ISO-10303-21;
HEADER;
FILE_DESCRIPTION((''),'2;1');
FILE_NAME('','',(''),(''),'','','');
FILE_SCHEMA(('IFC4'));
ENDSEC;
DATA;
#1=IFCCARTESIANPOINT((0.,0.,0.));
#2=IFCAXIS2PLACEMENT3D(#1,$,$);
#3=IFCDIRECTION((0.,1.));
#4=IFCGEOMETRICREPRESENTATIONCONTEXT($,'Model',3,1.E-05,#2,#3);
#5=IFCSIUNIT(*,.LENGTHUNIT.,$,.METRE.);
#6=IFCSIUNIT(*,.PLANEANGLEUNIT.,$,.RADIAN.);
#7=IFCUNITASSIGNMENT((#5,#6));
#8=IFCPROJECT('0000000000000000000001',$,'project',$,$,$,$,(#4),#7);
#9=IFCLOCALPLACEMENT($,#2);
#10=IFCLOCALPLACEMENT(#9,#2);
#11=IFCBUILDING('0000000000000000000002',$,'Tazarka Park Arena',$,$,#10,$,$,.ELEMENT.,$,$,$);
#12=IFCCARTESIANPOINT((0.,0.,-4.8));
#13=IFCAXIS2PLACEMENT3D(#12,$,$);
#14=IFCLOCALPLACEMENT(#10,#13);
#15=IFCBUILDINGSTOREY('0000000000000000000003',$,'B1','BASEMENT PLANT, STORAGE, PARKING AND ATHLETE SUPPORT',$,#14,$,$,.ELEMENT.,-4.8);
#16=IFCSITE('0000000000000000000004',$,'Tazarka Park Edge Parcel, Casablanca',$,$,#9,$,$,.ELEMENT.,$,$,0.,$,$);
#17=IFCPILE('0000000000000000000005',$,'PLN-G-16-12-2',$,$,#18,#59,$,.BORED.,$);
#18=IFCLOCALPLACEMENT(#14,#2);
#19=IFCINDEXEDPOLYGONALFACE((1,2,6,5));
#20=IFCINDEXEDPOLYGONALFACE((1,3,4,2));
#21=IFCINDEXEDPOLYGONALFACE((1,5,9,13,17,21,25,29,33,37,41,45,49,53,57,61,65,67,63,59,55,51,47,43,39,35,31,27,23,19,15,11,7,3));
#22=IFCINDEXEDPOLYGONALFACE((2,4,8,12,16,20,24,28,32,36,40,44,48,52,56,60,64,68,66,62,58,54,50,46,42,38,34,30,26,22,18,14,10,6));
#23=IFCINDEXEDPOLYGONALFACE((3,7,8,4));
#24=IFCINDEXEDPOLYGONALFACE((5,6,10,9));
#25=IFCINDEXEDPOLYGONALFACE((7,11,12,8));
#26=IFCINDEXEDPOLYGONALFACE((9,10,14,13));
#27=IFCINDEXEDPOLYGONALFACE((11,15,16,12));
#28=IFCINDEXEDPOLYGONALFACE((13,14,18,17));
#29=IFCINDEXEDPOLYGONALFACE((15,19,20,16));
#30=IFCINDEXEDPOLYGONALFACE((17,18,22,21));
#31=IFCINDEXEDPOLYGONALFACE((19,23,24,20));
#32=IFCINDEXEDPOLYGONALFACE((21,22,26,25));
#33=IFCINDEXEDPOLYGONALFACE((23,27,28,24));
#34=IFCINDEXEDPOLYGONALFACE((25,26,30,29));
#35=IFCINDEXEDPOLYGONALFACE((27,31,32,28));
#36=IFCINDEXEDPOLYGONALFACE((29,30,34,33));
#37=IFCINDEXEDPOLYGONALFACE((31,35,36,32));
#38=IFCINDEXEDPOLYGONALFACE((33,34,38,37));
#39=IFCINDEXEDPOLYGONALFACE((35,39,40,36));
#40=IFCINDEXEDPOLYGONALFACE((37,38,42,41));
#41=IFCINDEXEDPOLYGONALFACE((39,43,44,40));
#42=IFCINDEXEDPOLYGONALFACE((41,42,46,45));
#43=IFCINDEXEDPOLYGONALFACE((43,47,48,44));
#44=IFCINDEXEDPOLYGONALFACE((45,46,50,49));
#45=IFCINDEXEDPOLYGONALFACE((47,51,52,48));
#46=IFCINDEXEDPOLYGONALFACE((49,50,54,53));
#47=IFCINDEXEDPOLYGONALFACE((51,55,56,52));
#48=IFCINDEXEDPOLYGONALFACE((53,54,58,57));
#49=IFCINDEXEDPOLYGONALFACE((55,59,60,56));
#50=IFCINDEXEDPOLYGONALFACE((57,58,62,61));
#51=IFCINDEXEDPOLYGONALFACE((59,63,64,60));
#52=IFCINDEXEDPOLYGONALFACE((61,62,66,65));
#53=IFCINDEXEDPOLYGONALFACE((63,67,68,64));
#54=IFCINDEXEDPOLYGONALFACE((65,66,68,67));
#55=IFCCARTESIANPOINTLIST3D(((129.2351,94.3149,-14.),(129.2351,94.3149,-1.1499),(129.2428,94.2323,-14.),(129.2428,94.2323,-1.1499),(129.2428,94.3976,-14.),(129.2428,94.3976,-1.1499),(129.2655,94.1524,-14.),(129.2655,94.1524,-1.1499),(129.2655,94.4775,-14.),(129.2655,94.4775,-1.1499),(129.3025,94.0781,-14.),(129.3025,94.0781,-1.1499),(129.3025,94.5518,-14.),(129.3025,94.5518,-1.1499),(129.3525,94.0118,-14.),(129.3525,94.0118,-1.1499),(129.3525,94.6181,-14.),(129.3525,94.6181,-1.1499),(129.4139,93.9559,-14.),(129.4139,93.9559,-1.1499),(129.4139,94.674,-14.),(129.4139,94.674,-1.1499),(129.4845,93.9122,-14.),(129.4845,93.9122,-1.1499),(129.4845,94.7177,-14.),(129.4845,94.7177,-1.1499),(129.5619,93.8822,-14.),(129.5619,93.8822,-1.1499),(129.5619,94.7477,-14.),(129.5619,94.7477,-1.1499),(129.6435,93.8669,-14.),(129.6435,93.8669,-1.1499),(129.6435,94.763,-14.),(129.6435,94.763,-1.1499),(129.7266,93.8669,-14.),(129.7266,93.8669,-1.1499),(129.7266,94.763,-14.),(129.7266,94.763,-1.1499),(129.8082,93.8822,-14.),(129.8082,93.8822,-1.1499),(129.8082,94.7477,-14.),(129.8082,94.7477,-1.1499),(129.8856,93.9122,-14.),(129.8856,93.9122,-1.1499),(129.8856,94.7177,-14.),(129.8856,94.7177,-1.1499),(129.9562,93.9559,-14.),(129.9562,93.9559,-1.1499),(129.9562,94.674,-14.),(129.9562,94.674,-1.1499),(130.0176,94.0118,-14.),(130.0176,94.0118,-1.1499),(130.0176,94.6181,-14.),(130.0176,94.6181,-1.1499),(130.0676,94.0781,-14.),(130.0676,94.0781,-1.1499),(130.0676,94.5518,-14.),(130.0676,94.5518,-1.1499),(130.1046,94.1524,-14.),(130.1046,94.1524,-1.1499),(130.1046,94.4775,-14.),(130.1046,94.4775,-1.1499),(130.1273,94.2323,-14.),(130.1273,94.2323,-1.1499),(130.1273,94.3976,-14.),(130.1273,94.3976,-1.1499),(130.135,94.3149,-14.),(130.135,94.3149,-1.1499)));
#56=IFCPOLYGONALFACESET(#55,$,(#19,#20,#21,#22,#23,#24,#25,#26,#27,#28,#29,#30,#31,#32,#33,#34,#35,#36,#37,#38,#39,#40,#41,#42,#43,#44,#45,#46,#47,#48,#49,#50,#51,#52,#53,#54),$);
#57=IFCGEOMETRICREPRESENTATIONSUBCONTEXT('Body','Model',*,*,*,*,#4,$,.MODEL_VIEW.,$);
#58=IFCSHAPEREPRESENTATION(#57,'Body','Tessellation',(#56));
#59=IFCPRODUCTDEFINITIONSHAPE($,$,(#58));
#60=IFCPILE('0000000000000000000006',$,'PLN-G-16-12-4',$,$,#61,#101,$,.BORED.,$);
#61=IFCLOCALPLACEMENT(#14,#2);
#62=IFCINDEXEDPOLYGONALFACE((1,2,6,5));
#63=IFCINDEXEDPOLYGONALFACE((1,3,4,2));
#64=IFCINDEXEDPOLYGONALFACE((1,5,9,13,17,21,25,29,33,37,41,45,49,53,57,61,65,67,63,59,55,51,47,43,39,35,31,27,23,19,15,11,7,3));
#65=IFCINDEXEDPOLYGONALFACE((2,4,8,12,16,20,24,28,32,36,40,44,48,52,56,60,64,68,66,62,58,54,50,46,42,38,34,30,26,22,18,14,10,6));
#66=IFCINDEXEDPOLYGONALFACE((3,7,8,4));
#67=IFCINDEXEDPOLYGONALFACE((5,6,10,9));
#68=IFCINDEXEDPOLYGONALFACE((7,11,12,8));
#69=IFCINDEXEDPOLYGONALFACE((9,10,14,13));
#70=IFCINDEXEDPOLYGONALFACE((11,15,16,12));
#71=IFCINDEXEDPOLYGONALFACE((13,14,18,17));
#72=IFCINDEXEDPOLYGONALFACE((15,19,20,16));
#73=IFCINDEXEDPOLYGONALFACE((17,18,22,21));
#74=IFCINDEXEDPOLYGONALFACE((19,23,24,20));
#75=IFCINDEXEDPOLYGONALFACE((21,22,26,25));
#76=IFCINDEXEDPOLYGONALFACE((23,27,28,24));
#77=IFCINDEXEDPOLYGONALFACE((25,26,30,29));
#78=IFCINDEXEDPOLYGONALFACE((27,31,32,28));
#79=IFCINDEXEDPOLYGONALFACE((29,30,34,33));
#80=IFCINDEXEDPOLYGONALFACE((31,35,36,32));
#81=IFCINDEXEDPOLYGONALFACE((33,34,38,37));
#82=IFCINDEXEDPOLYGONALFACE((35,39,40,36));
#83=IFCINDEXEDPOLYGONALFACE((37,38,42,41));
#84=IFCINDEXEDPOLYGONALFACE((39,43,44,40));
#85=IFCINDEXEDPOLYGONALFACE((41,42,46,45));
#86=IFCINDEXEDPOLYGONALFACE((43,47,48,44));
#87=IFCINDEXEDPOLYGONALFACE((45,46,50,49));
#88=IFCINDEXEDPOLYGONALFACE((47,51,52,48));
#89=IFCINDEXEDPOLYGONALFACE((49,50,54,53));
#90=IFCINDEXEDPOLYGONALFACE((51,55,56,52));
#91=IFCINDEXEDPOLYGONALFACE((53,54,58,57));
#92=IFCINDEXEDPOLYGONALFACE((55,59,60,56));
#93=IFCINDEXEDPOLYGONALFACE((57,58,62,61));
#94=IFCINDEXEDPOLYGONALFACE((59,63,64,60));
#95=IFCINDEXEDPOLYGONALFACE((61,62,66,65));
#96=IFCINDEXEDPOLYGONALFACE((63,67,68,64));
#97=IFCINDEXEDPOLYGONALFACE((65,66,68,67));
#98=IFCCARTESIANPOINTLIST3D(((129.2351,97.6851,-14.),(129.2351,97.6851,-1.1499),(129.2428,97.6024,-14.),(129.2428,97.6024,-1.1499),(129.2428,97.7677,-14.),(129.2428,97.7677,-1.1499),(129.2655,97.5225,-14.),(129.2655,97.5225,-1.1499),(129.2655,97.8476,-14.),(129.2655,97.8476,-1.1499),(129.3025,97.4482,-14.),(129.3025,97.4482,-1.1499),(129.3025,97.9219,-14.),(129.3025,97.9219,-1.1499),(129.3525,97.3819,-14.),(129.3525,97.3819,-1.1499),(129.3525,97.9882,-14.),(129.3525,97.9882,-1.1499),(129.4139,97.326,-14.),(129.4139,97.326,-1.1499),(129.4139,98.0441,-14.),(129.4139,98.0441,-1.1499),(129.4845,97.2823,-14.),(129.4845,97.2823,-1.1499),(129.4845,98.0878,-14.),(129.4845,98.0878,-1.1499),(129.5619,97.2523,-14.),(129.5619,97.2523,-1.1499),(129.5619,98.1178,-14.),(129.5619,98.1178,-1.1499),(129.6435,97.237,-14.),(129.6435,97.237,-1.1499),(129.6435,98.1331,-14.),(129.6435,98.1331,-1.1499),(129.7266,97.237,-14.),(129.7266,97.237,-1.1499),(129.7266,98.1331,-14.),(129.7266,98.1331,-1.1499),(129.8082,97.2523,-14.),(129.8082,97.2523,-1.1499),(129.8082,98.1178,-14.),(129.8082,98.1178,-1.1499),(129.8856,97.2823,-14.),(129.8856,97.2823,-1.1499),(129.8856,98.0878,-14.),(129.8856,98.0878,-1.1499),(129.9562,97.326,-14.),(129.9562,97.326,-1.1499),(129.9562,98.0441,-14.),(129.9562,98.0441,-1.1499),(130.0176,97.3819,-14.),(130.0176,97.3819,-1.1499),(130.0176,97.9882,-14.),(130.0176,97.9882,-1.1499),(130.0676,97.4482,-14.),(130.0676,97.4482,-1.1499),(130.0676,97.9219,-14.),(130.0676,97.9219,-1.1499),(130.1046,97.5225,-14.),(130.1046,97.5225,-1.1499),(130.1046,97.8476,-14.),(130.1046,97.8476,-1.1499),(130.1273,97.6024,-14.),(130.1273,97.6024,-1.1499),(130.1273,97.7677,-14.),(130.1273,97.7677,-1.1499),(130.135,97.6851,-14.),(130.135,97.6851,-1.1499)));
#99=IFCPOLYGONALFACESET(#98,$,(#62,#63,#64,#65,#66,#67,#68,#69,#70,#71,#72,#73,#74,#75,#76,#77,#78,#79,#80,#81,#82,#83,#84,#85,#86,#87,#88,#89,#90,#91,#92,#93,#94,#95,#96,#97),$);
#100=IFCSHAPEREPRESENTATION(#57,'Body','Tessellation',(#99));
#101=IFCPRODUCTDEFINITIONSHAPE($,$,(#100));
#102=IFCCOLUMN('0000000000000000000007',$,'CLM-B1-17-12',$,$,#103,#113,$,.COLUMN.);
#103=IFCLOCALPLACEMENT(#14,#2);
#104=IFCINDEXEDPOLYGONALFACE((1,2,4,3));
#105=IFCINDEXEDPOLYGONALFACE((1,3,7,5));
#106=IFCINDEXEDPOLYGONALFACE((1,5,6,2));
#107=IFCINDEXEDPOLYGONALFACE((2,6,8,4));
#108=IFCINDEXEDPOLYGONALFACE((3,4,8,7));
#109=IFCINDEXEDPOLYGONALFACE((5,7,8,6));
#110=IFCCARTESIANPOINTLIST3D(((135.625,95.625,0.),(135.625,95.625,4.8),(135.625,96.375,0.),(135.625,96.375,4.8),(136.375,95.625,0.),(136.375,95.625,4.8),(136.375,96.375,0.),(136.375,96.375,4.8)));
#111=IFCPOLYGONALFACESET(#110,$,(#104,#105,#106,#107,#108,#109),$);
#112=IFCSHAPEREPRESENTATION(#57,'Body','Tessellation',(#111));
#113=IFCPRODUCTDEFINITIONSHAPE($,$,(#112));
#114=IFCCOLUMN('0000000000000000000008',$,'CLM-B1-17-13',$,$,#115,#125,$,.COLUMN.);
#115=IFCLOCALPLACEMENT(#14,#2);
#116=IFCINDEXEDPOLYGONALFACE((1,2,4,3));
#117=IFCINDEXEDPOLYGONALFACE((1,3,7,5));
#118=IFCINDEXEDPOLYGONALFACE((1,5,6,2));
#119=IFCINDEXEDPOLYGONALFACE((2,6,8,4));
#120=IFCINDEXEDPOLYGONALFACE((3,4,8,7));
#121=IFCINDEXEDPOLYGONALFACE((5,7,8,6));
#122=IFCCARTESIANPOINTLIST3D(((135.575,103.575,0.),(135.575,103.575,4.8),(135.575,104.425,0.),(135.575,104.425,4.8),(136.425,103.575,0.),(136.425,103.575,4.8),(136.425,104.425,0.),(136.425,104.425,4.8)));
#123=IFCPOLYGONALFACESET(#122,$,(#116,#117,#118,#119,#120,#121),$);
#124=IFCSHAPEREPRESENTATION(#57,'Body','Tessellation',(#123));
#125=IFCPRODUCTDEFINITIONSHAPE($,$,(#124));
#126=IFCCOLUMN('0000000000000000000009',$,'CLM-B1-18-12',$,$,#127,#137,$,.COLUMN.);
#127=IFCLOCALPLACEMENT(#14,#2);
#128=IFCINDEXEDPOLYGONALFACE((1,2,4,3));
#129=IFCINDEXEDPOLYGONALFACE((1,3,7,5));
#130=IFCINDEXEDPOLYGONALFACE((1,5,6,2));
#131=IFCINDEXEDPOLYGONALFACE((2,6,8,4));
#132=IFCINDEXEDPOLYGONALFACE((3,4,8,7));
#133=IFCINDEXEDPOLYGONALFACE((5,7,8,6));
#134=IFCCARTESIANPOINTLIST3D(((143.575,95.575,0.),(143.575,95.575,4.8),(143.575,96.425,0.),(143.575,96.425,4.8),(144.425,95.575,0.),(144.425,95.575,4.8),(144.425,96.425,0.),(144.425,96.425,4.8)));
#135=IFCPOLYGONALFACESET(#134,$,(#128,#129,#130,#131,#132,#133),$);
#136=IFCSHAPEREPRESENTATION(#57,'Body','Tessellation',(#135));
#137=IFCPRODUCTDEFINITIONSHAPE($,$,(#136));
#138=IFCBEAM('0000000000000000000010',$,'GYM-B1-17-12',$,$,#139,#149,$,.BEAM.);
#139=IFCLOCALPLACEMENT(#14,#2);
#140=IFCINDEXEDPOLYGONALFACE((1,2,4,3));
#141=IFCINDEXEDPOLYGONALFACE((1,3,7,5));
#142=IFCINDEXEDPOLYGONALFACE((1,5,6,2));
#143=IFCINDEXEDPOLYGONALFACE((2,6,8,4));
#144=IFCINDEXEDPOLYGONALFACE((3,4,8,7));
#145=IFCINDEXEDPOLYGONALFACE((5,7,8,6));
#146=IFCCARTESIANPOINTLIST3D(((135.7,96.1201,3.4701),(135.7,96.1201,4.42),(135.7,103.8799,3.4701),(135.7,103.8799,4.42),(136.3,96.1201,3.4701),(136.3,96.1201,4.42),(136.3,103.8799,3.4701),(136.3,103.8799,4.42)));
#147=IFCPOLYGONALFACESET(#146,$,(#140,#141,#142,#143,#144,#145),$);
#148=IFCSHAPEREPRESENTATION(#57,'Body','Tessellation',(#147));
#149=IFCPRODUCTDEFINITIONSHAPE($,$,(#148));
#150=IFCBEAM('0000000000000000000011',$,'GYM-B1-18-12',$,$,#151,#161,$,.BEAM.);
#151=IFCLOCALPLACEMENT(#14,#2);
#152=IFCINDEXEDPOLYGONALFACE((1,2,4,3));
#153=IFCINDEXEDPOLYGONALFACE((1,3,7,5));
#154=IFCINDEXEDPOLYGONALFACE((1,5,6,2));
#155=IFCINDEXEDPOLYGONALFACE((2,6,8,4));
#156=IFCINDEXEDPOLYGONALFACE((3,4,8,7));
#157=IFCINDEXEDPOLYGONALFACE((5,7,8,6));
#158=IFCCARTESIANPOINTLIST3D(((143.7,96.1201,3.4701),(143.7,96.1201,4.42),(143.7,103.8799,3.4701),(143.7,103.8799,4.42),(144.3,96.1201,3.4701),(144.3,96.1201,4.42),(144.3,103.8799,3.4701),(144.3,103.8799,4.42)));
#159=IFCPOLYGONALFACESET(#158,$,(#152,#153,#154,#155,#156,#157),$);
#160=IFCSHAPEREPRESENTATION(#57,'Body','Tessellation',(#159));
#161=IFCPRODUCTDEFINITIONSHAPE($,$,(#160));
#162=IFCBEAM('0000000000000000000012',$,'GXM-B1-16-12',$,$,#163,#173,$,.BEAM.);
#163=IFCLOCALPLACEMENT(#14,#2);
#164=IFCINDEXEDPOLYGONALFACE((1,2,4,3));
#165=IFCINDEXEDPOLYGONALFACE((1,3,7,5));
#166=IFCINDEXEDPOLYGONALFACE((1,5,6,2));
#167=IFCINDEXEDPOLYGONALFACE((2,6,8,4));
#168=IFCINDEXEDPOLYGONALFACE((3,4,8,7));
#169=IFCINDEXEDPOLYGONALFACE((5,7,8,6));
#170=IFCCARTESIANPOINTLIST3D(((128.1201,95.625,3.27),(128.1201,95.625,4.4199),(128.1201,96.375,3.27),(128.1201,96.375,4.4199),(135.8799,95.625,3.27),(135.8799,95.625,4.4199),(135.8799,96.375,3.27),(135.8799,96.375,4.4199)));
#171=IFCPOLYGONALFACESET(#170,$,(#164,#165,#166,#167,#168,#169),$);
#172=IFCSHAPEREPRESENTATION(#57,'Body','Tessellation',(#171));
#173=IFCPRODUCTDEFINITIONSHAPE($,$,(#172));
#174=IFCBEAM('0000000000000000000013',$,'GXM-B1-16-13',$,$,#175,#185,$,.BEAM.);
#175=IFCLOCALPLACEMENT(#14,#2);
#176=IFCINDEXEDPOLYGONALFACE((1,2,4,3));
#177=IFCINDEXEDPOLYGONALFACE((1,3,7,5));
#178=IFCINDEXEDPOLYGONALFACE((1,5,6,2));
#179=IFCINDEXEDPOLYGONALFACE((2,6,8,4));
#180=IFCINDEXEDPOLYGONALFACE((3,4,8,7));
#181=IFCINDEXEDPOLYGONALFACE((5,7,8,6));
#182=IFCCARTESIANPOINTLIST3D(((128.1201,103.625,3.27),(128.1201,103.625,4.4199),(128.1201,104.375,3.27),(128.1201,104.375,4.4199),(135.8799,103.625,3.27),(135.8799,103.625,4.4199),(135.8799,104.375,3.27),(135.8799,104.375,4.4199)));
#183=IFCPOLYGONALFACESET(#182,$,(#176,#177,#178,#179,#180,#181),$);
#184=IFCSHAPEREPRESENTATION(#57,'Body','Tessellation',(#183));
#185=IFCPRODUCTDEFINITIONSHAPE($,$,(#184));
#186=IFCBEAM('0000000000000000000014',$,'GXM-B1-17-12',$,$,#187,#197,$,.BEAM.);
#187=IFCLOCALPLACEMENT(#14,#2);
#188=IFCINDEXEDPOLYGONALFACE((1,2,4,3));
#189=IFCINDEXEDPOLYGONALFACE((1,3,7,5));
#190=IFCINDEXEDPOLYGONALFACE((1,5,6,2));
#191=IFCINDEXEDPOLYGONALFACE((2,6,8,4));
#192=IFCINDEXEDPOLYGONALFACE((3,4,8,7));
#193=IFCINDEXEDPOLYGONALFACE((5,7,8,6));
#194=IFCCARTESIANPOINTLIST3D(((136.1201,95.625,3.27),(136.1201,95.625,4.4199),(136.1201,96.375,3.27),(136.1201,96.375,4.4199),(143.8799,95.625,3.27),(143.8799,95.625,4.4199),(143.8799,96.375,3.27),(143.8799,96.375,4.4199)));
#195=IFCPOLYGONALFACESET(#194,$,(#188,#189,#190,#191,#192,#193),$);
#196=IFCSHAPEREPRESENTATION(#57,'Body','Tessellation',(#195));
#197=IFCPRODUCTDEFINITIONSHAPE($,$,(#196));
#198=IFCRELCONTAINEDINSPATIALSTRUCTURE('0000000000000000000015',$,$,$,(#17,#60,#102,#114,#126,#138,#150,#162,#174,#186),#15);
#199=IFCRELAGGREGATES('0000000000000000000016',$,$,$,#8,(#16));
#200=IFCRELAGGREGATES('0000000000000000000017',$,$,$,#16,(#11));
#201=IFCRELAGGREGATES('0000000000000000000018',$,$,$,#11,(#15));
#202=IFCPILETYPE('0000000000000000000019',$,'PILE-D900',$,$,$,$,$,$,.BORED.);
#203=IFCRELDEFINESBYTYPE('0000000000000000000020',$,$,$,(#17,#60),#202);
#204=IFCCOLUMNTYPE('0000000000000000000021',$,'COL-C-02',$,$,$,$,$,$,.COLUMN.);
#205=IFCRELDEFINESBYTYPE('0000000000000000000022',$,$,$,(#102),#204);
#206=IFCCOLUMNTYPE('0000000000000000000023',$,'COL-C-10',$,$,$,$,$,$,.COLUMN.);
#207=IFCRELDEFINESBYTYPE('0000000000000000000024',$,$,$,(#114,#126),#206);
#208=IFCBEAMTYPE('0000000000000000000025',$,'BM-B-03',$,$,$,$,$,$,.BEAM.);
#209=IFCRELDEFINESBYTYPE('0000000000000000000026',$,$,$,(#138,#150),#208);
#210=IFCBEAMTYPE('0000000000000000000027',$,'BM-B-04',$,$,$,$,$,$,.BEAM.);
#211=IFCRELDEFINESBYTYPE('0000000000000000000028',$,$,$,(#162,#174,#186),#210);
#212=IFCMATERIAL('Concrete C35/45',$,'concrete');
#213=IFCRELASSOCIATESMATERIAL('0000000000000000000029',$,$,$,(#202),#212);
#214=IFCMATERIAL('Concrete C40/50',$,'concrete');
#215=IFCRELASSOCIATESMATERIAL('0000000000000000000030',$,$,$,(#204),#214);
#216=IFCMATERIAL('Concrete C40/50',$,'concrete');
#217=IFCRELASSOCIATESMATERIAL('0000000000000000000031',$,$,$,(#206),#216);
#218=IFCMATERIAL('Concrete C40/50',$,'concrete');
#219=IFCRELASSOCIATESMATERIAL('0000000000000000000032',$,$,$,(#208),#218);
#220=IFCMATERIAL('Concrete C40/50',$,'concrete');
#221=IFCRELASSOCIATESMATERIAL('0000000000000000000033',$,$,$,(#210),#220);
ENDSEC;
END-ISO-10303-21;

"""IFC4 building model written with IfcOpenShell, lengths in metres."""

from ifc_helpers import new_model, si_unit, direction, frame, origin, origin_2d, place, context, subcontext, project, spatial, rectangle, circle, extrude, material, material_profile, profile_set, type_object, element, save


model = new_model("IFC4")

# Units and contexts
model_context = context("Model", 3, precision=1e-05, world=origin(), true_north=direction((0.0, 1.0)))
body_context = subcontext(model_context, "Body", "Model", "MODEL_VIEW")
ifc_project = project(units=[si_unit("LENGTHUNIT", "METRE"), si_unit("PLANEANGLEUNIT", "RADIAN")], contexts=[model_context])

# Site, building, storey
site_placement = place(None, origin())
site = spatial("IfcSite", under=ifc_project, at=site_placement, Name="Tazarka Park Edge Parcel, Casablanca", CompositionType="ELEMENT", RefElevation=0.0)
building_placement = place(site_placement, origin())
building = spatial("IfcBuilding", under=site, at=building_placement, Name="Tazarka Park Arena", CompositionType="ELEMENT")
storey_placement = place(building_placement, frame((0.0, 0.0, -4.8)))
storey = spatial("IfcBuildingStorey", under=building, at=storey_placement, Name="B1", Description="BASEMENT PLANT, STORAGE, PARKING AND ATHLETE SUPPORT", CompositionType="ELEMENT", Elevation=-4.8)

# Piles
ifc_material_1 = material(Name="Concrete C35/45", Category="concrete")
ifc_material_profile_1 = material_profile(ifc_material_1, circle(Radius=0.45, at=origin_2d()), Name="Concrete C35/45")
ifc_profile_set_1 = profile_set([ifc_material_profile_1], Name="Concrete C35/45")
pile_type_1 = type_object("IfcPileType", Name="PILE-D900", PredefinedType="BORED", material=ifc_profile_set_1)
for number, where, z_axis, x_axis, name in (
    (1, (129.6851, 94.3149, -1.1499), (0.0, 0.0, -1.0), (1.0, 0.0, 0.0), "PLN-G-16-12-2"),
    (2, (129.6851, 97.6851, -1.1499), (0.0, 0.0, -1.0), (1.0, 0.0, 0.0), "PLN-G-16-12-4"),
):
    element("IfcPile", number, at=place(storey_placement, frame(where, z_axis=z_axis, x_axis=x_axis)), inside=storey, type_object=pile_type_1, Name=name, PredefinedType="BORED", context=body_context, shape_type="SweptSolid", body=[
        extrude(circle(Radius=0.45, at=origin_2d()), origin(), (0.0, 0.0, 1.0), 12.8501),
    ])

# Columns
ifc_material_2 = material(Name="Concrete C40/50", Category="concrete")
ifc_material_profile_2 = material_profile(ifc_material_2, rectangle(XDim=0.75, YDim=0.75, at=origin_2d()), Name="Concrete C40/50")
ifc_profile_set_2 = profile_set([ifc_material_profile_2], Name="Concrete C40/50")
column_type_1 = type_object("IfcColumnType", Name="COL-C-02", PredefinedType="COLUMN", material=ifc_profile_set_2)
column_placement = place(storey_placement, frame((136.0, 96.0, 0.0), z_axis=(0.0, 0.0, 1.0), x_axis=(1.0, 0.0, 0.0)))
element("IfcColumn", 3, at=column_placement, inside=storey, type_object=column_type_1, Name="CLM-B1-17-12", PredefinedType="COLUMN", context=body_context, shape_type="SweptSolid", body=[
    extrude(rectangle(XDim=0.75, YDim=0.75, at=origin_2d()), origin(), (0.0, 0.0, 1.0), 4.8),
])
ifc_material_3 = material(Name="Concrete C40/50", Category="concrete")
ifc_material_profile_3 = material_profile(ifc_material_3, rectangle(XDim=0.8501, YDim=0.8501, at=origin_2d()), Name="Concrete C40/50")
ifc_profile_set_3 = profile_set([ifc_material_profile_3], Name="Concrete C40/50")
column_type_2 = type_object("IfcColumnType", Name="COL-C-10", PredefinedType="COLUMN", material=ifc_profile_set_3)
for number, where, z_axis, x_axis, name in (
    (4, (136.0, 104.0, 0.0), (0.0, 0.0, 1.0), (1.0, 0.0, 0.0), "CLM-B1-17-13"),
    (5, (144.0, 96.0, 0.0), (0.0, 0.0, 1.0), (1.0, 0.0, 0.0), "CLM-B1-18-12"),
):
    element("IfcColumn", number, at=place(storey_placement, frame(where, z_axis=z_axis, x_axis=x_axis)), inside=storey, type_object=column_type_2, Name=name, PredefinedType="COLUMN", context=body_context, shape_type="SweptSolid", body=[
        extrude(rectangle(XDim=0.8501, YDim=0.8501, at=origin_2d()), origin(), (0.0, 0.0, 1.0), 4.8),
    ])

# Beams
ifc_material_4 = material(Name="Concrete C40/50", Category="concrete")
ifc_material_profile_4 = material_profile(ifc_material_4, rectangle(XDim=0.6001, YDim=0.95, at=origin_2d()), Name="Concrete C40/50")
ifc_profile_set_4 = profile_set([ifc_material_profile_4], Name="Concrete C40/50")
beam_type_1 = type_object("IfcBeamType", Name="BM-B-03", PredefinedType="BEAM", material=ifc_profile_set_4)
for number, where, z_axis, x_axis, name in (
    (6, (136.0, 96.1201, 3.9451), (0.0, 1.0, 0.0), (-1.0, 0.0, 0.0), "GYM-B1-17-12"),
    (7, (144.0, 96.1201, 3.9451), (0.0, 1.0, 0.0), (-1.0, 0.0, 0.0), "GYM-B1-18-12"),
):
    element("IfcBeam", number, at=place(storey_placement, frame(where, z_axis=z_axis, x_axis=x_axis)), inside=storey, type_object=beam_type_1, Name=name, PredefinedType="BEAM", context=body_context, shape_type="SweptSolid", body=[
        extrude(rectangle(XDim=0.6001, YDim=0.95, at=origin_2d()), origin(), (0.0, 0.0, 1.0), 7.7598),
    ])
ifc_material_5 = material(Name="Concrete C40/50", Category="concrete")
ifc_material_profile_5 = material_profile(ifc_material_5, rectangle(XDim=0.75, YDim=1.1499, at=origin_2d()), Name="Concrete C40/50")
ifc_profile_set_5 = profile_set([ifc_material_profile_5], Name="Concrete C40/50")
beam_type_2 = type_object("IfcBeamType", Name="BM-B-04", PredefinedType="BEAM", material=ifc_profile_set_5)
for number, where, z_axis, x_axis, name in (
    (8, (128.1201, 96.0, 3.845), (1.0, 0.0, 0.0), (0.0, 1.0, 0.0), "GXM-B1-16-12"),
    (9, (128.1201, 104.0, 3.845), (1.0, 0.0, 0.0), (0.0, 1.0, 0.0), "GXM-B1-16-13"),
    (10, (136.1201, 96.0, 3.845), (1.0, 0.0, 0.0), (0.0, 1.0, 0.0), "GXM-B1-17-12"),
):
    element("IfcBeam", number, at=place(storey_placement, frame(where, z_axis=z_axis, x_axis=x_axis)), inside=storey, type_object=beam_type_2, Name=name, PredefinedType="BEAM", context=body_context, shape_type="SweptSolid", body=[
        extrude(rectangle(XDim=0.75, YDim=1.1499, at=origin_2d()), origin(), (0.0, 0.0, 1.0), 7.7598),
    ])

save(model, "model.ifc")
